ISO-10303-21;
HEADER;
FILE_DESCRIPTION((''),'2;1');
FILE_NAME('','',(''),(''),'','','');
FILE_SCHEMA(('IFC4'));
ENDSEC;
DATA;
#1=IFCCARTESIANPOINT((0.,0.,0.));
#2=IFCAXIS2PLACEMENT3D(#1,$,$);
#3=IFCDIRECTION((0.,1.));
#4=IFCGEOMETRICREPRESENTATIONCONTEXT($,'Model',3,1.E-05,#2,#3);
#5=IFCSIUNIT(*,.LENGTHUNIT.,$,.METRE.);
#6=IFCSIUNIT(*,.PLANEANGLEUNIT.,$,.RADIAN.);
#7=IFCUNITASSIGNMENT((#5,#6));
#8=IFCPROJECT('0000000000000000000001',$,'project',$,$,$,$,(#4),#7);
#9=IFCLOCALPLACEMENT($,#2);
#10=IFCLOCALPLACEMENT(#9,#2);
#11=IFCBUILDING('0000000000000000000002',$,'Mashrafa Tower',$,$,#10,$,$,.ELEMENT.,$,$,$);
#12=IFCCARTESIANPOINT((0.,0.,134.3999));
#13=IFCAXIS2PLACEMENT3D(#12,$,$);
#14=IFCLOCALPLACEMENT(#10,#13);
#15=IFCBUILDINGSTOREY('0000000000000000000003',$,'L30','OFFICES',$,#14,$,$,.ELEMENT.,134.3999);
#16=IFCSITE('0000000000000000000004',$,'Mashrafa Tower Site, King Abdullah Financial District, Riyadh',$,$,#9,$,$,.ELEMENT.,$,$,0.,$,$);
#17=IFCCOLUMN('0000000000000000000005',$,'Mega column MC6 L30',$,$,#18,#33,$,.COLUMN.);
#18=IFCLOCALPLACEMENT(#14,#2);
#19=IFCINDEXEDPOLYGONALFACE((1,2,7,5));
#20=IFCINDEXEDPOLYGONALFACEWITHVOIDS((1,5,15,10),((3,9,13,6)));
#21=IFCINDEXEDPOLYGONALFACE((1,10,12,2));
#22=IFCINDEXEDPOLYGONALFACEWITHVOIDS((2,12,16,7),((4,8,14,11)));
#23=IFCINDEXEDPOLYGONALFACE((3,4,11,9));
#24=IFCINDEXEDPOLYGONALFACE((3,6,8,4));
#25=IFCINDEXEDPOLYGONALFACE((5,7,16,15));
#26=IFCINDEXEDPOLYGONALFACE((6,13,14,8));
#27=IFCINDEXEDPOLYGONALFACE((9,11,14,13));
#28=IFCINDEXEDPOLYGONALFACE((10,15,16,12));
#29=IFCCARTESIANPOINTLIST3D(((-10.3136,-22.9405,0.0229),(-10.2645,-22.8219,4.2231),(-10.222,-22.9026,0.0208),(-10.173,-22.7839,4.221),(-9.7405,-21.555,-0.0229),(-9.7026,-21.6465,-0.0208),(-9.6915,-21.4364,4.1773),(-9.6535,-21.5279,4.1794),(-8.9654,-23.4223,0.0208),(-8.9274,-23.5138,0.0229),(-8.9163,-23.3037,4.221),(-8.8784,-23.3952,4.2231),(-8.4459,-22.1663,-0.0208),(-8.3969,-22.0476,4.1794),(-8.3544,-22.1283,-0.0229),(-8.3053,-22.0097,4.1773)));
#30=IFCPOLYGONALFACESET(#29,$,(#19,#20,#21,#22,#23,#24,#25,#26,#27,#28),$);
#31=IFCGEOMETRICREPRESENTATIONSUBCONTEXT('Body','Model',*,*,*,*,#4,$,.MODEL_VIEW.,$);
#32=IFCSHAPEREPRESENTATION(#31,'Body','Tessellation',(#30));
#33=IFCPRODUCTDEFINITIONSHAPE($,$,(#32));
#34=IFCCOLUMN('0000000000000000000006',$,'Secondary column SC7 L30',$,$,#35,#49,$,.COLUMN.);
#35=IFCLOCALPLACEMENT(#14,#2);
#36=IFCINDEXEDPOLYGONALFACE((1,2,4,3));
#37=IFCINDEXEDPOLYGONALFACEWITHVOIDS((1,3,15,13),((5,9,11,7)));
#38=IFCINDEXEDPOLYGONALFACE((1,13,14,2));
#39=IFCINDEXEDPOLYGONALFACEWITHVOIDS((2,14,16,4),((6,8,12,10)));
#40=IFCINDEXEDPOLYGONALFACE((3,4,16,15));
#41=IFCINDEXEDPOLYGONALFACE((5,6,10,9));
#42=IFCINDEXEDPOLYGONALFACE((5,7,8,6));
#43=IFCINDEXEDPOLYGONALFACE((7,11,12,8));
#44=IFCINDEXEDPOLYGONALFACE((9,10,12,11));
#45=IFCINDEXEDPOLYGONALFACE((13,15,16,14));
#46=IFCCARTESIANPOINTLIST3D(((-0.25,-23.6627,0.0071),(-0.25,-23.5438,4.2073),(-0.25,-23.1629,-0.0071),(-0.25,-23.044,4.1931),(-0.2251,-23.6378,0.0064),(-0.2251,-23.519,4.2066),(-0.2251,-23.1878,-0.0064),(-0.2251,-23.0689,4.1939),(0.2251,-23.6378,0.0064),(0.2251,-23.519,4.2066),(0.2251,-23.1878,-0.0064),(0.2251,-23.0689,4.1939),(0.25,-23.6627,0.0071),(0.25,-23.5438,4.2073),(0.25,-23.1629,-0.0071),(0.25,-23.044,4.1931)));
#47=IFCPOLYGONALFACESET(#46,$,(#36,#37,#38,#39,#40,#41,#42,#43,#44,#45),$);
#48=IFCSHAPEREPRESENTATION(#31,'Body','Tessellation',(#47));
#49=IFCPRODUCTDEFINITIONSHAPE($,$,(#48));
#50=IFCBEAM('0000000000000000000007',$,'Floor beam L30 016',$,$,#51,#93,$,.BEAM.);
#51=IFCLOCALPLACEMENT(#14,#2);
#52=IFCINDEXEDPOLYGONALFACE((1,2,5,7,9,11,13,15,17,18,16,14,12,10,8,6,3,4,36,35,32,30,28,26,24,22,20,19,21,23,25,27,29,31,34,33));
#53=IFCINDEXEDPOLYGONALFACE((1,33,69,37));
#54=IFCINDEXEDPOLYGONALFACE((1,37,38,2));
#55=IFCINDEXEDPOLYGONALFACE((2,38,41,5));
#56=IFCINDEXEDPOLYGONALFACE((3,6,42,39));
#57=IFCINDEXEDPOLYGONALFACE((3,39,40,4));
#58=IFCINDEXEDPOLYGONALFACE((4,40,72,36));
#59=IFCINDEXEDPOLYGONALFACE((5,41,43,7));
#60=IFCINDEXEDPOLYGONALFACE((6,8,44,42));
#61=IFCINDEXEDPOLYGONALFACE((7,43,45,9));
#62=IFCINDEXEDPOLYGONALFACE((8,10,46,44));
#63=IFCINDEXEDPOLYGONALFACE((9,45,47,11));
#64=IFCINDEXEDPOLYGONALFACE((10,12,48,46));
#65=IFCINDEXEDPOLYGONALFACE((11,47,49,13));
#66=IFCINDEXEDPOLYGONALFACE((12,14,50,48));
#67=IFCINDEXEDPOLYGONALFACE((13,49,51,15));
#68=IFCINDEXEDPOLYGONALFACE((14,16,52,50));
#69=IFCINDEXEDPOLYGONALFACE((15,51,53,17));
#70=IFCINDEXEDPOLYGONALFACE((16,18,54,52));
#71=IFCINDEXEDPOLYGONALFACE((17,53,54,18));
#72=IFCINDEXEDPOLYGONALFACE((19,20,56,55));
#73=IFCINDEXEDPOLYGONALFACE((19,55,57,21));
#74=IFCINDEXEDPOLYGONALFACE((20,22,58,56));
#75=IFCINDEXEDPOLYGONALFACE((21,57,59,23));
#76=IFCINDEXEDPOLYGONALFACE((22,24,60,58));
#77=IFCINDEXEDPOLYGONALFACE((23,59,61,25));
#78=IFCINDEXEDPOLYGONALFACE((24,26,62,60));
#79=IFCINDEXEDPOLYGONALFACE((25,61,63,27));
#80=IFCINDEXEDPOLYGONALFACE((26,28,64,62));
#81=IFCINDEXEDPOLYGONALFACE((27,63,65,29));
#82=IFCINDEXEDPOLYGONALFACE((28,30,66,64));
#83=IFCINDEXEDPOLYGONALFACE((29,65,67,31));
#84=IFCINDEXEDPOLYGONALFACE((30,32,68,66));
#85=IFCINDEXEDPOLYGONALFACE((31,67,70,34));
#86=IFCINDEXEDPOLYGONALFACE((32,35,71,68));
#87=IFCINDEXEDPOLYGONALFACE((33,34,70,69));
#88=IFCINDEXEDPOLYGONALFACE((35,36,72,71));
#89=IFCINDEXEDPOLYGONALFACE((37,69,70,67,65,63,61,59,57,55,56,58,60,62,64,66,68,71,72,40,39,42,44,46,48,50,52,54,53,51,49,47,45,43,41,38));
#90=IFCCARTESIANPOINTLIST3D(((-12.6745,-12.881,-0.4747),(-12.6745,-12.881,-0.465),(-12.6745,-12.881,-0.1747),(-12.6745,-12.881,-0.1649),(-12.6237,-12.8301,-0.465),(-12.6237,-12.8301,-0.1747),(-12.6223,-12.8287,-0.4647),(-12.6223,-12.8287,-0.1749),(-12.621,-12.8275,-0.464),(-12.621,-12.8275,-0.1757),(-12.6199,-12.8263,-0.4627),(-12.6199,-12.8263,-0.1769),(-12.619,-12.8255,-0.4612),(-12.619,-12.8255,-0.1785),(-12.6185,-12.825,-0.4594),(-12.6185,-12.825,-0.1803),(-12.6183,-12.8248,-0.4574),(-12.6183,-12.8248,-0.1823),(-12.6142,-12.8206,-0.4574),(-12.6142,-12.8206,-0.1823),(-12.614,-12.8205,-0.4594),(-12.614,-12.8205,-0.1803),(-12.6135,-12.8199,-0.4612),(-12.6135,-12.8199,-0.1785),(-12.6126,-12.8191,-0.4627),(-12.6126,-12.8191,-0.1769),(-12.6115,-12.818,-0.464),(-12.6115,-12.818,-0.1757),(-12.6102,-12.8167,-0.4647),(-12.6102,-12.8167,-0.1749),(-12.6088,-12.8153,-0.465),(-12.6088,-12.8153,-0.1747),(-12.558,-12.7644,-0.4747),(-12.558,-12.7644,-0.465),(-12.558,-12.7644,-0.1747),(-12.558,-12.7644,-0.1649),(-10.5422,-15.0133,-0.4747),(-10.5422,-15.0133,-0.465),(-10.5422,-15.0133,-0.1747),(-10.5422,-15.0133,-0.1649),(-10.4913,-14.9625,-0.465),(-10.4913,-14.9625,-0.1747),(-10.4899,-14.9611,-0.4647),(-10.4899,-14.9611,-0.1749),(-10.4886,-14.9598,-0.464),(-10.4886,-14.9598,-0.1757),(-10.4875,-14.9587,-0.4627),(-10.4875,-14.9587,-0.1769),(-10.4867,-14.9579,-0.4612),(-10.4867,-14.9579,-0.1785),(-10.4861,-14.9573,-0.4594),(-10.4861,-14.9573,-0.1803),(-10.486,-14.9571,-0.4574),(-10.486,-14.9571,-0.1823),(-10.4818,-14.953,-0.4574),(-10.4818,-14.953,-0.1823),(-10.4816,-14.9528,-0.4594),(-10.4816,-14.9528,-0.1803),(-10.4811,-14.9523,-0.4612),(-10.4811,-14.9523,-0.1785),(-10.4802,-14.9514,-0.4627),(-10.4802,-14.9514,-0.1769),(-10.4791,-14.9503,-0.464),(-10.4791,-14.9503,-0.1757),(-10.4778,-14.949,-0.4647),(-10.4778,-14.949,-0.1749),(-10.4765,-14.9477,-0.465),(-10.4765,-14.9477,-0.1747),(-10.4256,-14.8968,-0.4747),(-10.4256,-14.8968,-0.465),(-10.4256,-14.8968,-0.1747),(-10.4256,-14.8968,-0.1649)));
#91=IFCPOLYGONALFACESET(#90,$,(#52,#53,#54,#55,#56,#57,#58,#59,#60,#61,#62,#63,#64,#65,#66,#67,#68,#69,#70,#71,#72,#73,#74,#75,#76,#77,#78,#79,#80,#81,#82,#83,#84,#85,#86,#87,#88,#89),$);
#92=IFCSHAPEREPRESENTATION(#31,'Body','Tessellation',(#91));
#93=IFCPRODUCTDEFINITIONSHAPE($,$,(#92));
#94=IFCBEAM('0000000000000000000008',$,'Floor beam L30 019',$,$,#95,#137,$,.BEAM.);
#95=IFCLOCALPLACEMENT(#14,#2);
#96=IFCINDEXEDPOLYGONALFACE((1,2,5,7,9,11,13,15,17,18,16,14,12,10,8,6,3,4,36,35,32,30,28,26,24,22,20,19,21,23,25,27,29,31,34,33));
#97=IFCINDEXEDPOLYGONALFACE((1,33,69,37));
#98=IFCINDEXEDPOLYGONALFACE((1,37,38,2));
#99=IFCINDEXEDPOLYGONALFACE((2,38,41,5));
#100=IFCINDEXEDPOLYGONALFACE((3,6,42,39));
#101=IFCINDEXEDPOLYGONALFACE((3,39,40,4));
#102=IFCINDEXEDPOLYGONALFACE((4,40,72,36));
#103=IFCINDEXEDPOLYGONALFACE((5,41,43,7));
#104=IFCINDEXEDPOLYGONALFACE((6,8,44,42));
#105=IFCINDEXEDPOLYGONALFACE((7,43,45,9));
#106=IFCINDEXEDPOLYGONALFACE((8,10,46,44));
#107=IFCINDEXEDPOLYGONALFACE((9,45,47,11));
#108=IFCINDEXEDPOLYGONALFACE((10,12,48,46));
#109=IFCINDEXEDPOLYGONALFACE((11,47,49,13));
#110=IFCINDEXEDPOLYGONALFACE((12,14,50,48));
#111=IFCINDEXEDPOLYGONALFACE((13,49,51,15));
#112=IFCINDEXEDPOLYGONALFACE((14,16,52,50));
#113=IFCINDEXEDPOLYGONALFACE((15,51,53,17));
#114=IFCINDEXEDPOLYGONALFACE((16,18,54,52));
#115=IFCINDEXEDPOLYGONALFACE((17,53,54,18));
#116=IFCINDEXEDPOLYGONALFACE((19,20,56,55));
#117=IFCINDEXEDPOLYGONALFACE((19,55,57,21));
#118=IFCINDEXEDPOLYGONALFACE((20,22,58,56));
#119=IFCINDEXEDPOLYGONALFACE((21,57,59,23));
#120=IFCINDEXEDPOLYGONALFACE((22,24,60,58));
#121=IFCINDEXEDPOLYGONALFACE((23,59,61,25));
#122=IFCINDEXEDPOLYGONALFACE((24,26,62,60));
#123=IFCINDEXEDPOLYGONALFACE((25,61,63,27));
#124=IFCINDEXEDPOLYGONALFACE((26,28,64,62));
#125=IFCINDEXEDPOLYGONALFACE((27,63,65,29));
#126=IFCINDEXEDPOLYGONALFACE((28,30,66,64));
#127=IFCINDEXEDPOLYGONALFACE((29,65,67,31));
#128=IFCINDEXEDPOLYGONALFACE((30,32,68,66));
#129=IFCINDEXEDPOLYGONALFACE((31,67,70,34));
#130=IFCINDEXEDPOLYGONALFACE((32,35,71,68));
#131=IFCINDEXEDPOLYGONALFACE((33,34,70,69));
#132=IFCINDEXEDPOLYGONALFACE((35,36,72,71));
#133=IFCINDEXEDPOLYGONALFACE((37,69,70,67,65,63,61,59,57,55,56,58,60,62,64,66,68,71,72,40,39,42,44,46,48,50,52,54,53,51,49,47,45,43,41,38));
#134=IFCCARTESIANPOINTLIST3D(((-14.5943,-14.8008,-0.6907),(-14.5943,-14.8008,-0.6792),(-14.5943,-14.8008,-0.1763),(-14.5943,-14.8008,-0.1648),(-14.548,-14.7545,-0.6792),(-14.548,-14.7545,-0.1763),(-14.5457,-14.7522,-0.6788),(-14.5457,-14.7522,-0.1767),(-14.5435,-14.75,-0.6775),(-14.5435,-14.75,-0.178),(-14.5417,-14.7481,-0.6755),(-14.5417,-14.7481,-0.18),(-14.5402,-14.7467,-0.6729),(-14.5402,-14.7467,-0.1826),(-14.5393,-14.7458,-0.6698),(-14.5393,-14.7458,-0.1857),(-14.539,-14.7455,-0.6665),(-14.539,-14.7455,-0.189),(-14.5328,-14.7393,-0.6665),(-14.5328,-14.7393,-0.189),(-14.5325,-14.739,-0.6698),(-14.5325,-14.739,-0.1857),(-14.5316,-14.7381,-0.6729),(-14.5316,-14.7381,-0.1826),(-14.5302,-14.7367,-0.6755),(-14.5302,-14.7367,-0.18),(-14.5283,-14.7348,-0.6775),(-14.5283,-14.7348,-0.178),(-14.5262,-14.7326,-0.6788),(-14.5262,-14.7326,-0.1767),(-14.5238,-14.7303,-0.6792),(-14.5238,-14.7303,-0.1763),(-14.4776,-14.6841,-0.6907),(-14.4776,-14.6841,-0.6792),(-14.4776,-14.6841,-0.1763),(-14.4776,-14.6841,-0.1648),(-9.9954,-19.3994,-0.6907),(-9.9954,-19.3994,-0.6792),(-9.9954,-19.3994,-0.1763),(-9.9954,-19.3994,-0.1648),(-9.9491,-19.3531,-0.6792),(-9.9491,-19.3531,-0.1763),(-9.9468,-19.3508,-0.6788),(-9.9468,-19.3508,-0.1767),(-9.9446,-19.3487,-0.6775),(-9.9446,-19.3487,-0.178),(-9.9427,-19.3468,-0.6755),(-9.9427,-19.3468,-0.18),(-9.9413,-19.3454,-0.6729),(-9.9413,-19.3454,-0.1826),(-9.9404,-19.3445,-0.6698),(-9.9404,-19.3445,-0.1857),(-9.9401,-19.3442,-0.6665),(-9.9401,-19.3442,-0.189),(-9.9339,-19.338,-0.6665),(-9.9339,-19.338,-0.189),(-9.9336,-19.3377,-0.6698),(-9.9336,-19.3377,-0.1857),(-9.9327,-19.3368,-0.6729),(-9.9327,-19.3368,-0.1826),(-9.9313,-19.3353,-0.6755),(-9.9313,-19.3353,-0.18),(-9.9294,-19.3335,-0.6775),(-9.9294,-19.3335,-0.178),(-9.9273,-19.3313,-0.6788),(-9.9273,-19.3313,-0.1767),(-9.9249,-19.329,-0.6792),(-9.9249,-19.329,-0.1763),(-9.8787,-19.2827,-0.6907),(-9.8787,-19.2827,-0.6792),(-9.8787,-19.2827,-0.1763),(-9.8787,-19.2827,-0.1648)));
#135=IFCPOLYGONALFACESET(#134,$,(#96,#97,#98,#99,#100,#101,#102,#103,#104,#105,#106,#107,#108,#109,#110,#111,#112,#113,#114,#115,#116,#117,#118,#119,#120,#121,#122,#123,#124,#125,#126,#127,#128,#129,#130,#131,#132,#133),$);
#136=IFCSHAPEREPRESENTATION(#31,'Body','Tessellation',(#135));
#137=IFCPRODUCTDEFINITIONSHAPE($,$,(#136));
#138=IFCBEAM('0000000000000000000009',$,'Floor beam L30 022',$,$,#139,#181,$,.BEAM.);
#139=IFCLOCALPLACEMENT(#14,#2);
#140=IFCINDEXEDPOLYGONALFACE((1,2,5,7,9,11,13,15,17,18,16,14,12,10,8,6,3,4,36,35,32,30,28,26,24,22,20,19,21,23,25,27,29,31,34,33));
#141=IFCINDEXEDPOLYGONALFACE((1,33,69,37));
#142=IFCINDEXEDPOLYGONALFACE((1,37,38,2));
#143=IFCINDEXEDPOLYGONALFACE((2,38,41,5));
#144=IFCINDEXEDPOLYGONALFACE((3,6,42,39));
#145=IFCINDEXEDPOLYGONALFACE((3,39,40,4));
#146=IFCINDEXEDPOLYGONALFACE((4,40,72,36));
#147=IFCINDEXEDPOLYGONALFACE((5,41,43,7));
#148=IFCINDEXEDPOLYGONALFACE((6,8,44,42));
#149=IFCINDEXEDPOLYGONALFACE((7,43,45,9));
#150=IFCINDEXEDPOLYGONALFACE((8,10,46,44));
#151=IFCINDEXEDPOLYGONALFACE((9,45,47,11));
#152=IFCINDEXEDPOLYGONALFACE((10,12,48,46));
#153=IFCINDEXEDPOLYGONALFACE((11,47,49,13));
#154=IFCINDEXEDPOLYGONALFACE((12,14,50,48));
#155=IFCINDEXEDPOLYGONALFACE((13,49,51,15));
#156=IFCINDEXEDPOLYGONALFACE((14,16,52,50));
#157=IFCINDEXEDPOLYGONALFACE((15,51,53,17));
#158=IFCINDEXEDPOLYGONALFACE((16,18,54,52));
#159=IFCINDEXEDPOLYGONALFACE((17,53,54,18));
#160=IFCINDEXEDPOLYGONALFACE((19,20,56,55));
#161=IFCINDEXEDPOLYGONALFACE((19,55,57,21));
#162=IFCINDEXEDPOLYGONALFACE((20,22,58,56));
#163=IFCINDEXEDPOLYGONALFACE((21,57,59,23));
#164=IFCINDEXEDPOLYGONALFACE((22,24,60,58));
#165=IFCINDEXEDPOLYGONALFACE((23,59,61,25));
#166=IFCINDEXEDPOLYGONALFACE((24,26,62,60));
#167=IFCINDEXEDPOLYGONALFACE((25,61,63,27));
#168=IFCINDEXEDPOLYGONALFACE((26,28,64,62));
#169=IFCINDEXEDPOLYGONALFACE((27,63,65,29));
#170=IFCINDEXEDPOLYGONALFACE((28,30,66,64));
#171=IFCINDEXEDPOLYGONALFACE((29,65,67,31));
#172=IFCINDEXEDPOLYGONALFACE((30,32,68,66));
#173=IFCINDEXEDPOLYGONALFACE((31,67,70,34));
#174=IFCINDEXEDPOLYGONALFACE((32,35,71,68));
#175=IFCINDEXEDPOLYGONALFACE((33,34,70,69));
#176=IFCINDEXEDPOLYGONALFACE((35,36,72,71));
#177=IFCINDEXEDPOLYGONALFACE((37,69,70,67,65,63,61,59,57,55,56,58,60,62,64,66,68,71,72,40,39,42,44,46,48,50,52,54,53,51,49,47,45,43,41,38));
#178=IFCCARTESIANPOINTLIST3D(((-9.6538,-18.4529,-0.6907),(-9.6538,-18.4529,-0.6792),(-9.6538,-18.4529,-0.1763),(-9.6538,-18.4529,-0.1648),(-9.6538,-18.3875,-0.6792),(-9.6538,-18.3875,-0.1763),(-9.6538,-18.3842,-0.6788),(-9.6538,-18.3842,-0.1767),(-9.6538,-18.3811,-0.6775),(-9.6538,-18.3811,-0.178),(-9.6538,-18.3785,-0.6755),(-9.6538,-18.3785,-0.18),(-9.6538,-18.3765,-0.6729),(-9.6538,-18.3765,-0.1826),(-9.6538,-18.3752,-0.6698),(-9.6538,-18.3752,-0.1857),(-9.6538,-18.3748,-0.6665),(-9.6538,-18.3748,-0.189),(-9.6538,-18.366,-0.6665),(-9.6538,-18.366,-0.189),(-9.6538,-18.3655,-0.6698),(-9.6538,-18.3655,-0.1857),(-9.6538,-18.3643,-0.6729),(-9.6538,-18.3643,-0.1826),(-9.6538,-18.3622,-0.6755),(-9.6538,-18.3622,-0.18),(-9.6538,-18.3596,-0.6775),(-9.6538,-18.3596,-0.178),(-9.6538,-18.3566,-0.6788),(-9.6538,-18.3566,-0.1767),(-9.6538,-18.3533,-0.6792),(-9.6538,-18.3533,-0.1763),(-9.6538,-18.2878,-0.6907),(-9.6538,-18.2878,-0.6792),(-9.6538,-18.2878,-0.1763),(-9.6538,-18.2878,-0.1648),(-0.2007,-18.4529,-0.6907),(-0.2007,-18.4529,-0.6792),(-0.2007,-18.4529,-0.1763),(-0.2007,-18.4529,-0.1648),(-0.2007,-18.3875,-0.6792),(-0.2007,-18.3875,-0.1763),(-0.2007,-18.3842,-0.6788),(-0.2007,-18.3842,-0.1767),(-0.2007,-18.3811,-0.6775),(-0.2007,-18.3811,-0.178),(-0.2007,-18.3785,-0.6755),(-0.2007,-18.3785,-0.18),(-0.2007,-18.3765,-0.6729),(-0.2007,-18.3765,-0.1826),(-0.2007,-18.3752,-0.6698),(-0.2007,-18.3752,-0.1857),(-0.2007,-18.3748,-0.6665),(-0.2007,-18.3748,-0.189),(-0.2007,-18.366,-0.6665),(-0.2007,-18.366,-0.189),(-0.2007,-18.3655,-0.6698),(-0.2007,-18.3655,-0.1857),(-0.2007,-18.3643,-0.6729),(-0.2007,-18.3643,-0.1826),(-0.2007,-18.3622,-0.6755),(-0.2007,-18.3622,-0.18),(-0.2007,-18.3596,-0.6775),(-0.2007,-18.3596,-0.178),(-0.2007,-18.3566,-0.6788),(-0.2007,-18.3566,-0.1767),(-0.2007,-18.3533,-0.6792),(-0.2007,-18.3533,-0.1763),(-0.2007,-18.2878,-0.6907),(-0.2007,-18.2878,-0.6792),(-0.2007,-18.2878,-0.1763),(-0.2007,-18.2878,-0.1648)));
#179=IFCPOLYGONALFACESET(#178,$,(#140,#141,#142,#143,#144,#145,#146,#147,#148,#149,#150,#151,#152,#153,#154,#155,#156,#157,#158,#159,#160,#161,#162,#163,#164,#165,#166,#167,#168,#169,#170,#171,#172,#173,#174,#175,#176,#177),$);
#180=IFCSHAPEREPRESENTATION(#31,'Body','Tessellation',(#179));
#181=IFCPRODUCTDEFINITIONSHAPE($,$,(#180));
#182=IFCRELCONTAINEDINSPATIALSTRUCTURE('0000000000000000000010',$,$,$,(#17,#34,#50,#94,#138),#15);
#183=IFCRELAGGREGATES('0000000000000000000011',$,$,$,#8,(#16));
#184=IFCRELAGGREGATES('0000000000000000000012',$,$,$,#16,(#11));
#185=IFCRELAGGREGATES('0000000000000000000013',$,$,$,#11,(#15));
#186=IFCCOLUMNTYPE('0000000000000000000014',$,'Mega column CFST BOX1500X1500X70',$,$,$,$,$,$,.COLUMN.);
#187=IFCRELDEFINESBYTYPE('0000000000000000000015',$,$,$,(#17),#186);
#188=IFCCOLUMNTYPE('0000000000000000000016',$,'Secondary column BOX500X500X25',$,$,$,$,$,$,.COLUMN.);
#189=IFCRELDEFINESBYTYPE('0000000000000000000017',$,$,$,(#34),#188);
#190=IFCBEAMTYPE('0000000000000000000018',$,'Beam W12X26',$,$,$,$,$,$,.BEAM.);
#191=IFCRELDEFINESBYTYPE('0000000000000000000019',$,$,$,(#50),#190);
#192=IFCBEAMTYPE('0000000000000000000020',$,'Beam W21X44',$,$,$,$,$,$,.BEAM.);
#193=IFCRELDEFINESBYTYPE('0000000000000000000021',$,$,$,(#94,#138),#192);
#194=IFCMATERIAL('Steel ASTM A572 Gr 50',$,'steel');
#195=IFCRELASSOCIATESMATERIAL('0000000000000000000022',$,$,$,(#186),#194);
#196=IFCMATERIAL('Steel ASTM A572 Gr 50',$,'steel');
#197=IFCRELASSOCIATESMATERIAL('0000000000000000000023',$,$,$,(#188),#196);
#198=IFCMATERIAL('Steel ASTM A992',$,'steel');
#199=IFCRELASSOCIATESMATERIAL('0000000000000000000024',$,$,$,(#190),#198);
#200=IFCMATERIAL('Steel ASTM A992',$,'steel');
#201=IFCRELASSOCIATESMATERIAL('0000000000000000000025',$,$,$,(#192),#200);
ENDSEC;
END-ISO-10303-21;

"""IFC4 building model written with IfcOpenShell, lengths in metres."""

from ifc_helpers import new_model, si_unit, direction, frame, origin, origin_2d, place, context, subcontext, project, spatial, hollow_rectangle, i_section, extrude, material, material_profile, profile_set, type_object, element, save


model = new_model("IFC4")

# Units and contexts
model_context = context("Model", 3, precision=1e-05, world=origin(), true_north=direction((0.0, 1.0)))
body_context = subcontext(model_context, "Body", "Model", "MODEL_VIEW")
ifc_project = project(units=[si_unit("LENGTHUNIT", "METRE"), si_unit("PLANEANGLEUNIT", "RADIAN")], contexts=[model_context])

# Site, building, storey
site_placement = place(None, origin())
site = spatial("IfcSite", under=ifc_project, at=site_placement, Name="Mashrafa Tower Site, King Abdullah Financial District, Riyadh", CompositionType="ELEMENT", RefElevation=0.0)
building_placement = place(site_placement, origin())
building = spatial("IfcBuilding", under=site, at=building_placement, Name="Mashrafa Tower", CompositionType="ELEMENT")
storey_placement = place(building_placement, frame((0.0, 0.0, 134.3999)))
storey = spatial("IfcBuildingStorey", under=building, at=storey_placement, Name="L30", Description="OFFICES", CompositionType="ELEMENT", Elevation=134.3999)

# Columns
ifc_material_1 = material(Name="Steel ASTM A572 Gr 50", Category="steel")
ifc_material_profile_1 = material_profile(ifc_material_1, hollow_rectangle(XDim=1.5, YDim=1.5, WallThickness=0.0701, at=origin_2d()), Name="BOX1500X1500X70")
ifc_profile_set_1 = profile_set([ifc_material_profile_1], Name="Steel ASTM A572 Gr 50")
column_type_1 = type_object("IfcColumnType", Name="Mega column CFST BOX1500X1500X70", PredefinedType="COLUMN", material=ifc_profile_set_1)
column_1_placement = place(storey_placement, frame((-9.334, -22.5344, 0.0), z_axis=(0.011678, 0.028236, 0.999533), x_axis=(-0.924086, 0.382184, 0.0)))
element("IfcColumn", 1, at=column_1_placement, inside=storey, type_object=column_type_1, Name="Mega column MC6 L30", PredefinedType="COLUMN", context=body_context, shape_type="SweptSolid", body=[
    extrude(hollow_rectangle(XDim=1.5, YDim=1.5, WallThickness=0.0701, at=origin_2d()), origin(), (0.0, 0.0, 1.0), 4.2021),
])
ifc_material_2 = material(Name="Steel ASTM A572 Gr 50", Category="steel")
ifc_material_profile_2 = material_profile(ifc_material_2, hollow_rectangle(XDim=0.5, YDim=0.5, WallThickness=0.0249, at=origin_2d()), Name="BOX500X500X25")
ifc_profile_set_2 = profile_set([ifc_material_profile_2], Name="Steel ASTM A572 Gr 50")
column_type_2 = type_object("IfcColumnType", Name="Secondary column BOX500X500X25", PredefinedType="COLUMN", material=ifc_profile_set_2)
column_2_placement = place(storey_placement, frame((0.0, -23.4128, 0.0), z_axis=(0.0, 0.028296, 0.9996), x_axis=(-1.0, 0.0, 0.0)))
element("IfcColumn", 2, at=column_2_placement, inside=storey, type_object=column_type_2, Name="Secondary column SC7 L30", PredefinedType="COLUMN", context=body_context, shape_type="SweptSolid", body=[
    extrude(hollow_rectangle(XDim=0.5, YDim=0.5, WallThickness=0.0249, at=origin_2d()), origin(), (0.0, 0.0, 1.0), 4.2019),
])

# Beams
ifc_material_3 = material(Name="Steel ASTM A992", Category="steel")
ifc_material_profile_3 = material_profile(ifc_material_3, i_section(OverallWidth=0.1648, OverallDepth=0.3098, WebThickness=0.0059, FlangeThickness=0.0098, FilletRadius=0.0076, at=origin_2d()), Name="W12X26")
ifc_profile_set_3 = profile_set([ifc_material_profile_3], Name="Steel ASTM A992")
beam_type_1 = type_object("IfcBeamType", Name="Beam W12X26", PredefinedType="BEAM", material=ifc_profile_set_3)
beam_1_placement = place(storey_placement, frame((-10.4839, -14.9551, -0.3198), z_axis=(-0.707107, 0.707107, 0.0), x_axis=(-0.707107, -0.707107, 0.0)))
element("IfcBeam", 3, at=beam_1_placement, inside=storey, type_object=beam_type_1, Name="Floor beam L30 016", PredefinedType="BEAM", context=body_context, shape_type="SweptSolid", body=[
    extrude(i_section(OverallWidth=0.1648, OverallDepth=0.3098, WebThickness=0.0059, FlangeThickness=0.0098, FilletRadius=0.0076, at=origin_2d()), origin(), (0.0, 0.0, 1.0), 3.0156),
])
ifc_material_4 = material(Name="Steel ASTM A992", Category="steel")
ifc_material_profile_4 = material_profile(ifc_material_4, i_section(OverallWidth=0.165, OverallDepth=0.5259, WebThickness=0.0088, FlangeThickness=0.0115, FilletRadius=0.0127, at=origin_2d()), Name="W21X44")
ifc_profile_set_4 = profile_set([ifc_material_profile_4], Name="Steel ASTM A992")
beam_type_2 = type_object("IfcBeamType", Name="Beam W21X44", PredefinedType="BEAM", material=ifc_profile_set_4)
beam_2_placement = place(storey_placement, frame((-9.937, -19.3411, -0.4277), z_axis=(-0.707126, 0.707088, 0.0), x_axis=(-0.707088, -0.707126, 0.0)))
element("IfcBeam", 4, at=beam_2_placement, inside=storey, type_object=beam_type_2, Name="Floor beam L30 019", PredefinedType="BEAM", context=body_context, shape_type="SweptSolid", body=[
    extrude(i_section(OverallWidth=0.165, OverallDepth=0.5259, WebThickness=0.0088, FlangeThickness=0.0115, FilletRadius=0.0127, at=origin_2d()), origin(), (0.0, 0.0, 1.0), 6.5037),
])
beam_3_placement = place(storey_placement, frame((-0.2007, -18.3704, -0.4277), z_axis=(-1.0, 0.0, 0.0), x_axis=(0.0, -1.0, 0.0)))
element("IfcBeam", 5, at=beam_3_placement, inside=storey, type_object=beam_type_2, Name="Floor beam L30 022", PredefinedType="BEAM", context=body_context, shape_type="SweptSolid", body=[
    extrude(i_section(OverallWidth=0.165, OverallDepth=0.5259, WebThickness=0.0088, FlangeThickness=0.0115, FilletRadius=0.0127, at=origin_2d()), origin(), (0.0, 0.0, 1.0), 9.4531),
])

save(model, "model.ifc")
